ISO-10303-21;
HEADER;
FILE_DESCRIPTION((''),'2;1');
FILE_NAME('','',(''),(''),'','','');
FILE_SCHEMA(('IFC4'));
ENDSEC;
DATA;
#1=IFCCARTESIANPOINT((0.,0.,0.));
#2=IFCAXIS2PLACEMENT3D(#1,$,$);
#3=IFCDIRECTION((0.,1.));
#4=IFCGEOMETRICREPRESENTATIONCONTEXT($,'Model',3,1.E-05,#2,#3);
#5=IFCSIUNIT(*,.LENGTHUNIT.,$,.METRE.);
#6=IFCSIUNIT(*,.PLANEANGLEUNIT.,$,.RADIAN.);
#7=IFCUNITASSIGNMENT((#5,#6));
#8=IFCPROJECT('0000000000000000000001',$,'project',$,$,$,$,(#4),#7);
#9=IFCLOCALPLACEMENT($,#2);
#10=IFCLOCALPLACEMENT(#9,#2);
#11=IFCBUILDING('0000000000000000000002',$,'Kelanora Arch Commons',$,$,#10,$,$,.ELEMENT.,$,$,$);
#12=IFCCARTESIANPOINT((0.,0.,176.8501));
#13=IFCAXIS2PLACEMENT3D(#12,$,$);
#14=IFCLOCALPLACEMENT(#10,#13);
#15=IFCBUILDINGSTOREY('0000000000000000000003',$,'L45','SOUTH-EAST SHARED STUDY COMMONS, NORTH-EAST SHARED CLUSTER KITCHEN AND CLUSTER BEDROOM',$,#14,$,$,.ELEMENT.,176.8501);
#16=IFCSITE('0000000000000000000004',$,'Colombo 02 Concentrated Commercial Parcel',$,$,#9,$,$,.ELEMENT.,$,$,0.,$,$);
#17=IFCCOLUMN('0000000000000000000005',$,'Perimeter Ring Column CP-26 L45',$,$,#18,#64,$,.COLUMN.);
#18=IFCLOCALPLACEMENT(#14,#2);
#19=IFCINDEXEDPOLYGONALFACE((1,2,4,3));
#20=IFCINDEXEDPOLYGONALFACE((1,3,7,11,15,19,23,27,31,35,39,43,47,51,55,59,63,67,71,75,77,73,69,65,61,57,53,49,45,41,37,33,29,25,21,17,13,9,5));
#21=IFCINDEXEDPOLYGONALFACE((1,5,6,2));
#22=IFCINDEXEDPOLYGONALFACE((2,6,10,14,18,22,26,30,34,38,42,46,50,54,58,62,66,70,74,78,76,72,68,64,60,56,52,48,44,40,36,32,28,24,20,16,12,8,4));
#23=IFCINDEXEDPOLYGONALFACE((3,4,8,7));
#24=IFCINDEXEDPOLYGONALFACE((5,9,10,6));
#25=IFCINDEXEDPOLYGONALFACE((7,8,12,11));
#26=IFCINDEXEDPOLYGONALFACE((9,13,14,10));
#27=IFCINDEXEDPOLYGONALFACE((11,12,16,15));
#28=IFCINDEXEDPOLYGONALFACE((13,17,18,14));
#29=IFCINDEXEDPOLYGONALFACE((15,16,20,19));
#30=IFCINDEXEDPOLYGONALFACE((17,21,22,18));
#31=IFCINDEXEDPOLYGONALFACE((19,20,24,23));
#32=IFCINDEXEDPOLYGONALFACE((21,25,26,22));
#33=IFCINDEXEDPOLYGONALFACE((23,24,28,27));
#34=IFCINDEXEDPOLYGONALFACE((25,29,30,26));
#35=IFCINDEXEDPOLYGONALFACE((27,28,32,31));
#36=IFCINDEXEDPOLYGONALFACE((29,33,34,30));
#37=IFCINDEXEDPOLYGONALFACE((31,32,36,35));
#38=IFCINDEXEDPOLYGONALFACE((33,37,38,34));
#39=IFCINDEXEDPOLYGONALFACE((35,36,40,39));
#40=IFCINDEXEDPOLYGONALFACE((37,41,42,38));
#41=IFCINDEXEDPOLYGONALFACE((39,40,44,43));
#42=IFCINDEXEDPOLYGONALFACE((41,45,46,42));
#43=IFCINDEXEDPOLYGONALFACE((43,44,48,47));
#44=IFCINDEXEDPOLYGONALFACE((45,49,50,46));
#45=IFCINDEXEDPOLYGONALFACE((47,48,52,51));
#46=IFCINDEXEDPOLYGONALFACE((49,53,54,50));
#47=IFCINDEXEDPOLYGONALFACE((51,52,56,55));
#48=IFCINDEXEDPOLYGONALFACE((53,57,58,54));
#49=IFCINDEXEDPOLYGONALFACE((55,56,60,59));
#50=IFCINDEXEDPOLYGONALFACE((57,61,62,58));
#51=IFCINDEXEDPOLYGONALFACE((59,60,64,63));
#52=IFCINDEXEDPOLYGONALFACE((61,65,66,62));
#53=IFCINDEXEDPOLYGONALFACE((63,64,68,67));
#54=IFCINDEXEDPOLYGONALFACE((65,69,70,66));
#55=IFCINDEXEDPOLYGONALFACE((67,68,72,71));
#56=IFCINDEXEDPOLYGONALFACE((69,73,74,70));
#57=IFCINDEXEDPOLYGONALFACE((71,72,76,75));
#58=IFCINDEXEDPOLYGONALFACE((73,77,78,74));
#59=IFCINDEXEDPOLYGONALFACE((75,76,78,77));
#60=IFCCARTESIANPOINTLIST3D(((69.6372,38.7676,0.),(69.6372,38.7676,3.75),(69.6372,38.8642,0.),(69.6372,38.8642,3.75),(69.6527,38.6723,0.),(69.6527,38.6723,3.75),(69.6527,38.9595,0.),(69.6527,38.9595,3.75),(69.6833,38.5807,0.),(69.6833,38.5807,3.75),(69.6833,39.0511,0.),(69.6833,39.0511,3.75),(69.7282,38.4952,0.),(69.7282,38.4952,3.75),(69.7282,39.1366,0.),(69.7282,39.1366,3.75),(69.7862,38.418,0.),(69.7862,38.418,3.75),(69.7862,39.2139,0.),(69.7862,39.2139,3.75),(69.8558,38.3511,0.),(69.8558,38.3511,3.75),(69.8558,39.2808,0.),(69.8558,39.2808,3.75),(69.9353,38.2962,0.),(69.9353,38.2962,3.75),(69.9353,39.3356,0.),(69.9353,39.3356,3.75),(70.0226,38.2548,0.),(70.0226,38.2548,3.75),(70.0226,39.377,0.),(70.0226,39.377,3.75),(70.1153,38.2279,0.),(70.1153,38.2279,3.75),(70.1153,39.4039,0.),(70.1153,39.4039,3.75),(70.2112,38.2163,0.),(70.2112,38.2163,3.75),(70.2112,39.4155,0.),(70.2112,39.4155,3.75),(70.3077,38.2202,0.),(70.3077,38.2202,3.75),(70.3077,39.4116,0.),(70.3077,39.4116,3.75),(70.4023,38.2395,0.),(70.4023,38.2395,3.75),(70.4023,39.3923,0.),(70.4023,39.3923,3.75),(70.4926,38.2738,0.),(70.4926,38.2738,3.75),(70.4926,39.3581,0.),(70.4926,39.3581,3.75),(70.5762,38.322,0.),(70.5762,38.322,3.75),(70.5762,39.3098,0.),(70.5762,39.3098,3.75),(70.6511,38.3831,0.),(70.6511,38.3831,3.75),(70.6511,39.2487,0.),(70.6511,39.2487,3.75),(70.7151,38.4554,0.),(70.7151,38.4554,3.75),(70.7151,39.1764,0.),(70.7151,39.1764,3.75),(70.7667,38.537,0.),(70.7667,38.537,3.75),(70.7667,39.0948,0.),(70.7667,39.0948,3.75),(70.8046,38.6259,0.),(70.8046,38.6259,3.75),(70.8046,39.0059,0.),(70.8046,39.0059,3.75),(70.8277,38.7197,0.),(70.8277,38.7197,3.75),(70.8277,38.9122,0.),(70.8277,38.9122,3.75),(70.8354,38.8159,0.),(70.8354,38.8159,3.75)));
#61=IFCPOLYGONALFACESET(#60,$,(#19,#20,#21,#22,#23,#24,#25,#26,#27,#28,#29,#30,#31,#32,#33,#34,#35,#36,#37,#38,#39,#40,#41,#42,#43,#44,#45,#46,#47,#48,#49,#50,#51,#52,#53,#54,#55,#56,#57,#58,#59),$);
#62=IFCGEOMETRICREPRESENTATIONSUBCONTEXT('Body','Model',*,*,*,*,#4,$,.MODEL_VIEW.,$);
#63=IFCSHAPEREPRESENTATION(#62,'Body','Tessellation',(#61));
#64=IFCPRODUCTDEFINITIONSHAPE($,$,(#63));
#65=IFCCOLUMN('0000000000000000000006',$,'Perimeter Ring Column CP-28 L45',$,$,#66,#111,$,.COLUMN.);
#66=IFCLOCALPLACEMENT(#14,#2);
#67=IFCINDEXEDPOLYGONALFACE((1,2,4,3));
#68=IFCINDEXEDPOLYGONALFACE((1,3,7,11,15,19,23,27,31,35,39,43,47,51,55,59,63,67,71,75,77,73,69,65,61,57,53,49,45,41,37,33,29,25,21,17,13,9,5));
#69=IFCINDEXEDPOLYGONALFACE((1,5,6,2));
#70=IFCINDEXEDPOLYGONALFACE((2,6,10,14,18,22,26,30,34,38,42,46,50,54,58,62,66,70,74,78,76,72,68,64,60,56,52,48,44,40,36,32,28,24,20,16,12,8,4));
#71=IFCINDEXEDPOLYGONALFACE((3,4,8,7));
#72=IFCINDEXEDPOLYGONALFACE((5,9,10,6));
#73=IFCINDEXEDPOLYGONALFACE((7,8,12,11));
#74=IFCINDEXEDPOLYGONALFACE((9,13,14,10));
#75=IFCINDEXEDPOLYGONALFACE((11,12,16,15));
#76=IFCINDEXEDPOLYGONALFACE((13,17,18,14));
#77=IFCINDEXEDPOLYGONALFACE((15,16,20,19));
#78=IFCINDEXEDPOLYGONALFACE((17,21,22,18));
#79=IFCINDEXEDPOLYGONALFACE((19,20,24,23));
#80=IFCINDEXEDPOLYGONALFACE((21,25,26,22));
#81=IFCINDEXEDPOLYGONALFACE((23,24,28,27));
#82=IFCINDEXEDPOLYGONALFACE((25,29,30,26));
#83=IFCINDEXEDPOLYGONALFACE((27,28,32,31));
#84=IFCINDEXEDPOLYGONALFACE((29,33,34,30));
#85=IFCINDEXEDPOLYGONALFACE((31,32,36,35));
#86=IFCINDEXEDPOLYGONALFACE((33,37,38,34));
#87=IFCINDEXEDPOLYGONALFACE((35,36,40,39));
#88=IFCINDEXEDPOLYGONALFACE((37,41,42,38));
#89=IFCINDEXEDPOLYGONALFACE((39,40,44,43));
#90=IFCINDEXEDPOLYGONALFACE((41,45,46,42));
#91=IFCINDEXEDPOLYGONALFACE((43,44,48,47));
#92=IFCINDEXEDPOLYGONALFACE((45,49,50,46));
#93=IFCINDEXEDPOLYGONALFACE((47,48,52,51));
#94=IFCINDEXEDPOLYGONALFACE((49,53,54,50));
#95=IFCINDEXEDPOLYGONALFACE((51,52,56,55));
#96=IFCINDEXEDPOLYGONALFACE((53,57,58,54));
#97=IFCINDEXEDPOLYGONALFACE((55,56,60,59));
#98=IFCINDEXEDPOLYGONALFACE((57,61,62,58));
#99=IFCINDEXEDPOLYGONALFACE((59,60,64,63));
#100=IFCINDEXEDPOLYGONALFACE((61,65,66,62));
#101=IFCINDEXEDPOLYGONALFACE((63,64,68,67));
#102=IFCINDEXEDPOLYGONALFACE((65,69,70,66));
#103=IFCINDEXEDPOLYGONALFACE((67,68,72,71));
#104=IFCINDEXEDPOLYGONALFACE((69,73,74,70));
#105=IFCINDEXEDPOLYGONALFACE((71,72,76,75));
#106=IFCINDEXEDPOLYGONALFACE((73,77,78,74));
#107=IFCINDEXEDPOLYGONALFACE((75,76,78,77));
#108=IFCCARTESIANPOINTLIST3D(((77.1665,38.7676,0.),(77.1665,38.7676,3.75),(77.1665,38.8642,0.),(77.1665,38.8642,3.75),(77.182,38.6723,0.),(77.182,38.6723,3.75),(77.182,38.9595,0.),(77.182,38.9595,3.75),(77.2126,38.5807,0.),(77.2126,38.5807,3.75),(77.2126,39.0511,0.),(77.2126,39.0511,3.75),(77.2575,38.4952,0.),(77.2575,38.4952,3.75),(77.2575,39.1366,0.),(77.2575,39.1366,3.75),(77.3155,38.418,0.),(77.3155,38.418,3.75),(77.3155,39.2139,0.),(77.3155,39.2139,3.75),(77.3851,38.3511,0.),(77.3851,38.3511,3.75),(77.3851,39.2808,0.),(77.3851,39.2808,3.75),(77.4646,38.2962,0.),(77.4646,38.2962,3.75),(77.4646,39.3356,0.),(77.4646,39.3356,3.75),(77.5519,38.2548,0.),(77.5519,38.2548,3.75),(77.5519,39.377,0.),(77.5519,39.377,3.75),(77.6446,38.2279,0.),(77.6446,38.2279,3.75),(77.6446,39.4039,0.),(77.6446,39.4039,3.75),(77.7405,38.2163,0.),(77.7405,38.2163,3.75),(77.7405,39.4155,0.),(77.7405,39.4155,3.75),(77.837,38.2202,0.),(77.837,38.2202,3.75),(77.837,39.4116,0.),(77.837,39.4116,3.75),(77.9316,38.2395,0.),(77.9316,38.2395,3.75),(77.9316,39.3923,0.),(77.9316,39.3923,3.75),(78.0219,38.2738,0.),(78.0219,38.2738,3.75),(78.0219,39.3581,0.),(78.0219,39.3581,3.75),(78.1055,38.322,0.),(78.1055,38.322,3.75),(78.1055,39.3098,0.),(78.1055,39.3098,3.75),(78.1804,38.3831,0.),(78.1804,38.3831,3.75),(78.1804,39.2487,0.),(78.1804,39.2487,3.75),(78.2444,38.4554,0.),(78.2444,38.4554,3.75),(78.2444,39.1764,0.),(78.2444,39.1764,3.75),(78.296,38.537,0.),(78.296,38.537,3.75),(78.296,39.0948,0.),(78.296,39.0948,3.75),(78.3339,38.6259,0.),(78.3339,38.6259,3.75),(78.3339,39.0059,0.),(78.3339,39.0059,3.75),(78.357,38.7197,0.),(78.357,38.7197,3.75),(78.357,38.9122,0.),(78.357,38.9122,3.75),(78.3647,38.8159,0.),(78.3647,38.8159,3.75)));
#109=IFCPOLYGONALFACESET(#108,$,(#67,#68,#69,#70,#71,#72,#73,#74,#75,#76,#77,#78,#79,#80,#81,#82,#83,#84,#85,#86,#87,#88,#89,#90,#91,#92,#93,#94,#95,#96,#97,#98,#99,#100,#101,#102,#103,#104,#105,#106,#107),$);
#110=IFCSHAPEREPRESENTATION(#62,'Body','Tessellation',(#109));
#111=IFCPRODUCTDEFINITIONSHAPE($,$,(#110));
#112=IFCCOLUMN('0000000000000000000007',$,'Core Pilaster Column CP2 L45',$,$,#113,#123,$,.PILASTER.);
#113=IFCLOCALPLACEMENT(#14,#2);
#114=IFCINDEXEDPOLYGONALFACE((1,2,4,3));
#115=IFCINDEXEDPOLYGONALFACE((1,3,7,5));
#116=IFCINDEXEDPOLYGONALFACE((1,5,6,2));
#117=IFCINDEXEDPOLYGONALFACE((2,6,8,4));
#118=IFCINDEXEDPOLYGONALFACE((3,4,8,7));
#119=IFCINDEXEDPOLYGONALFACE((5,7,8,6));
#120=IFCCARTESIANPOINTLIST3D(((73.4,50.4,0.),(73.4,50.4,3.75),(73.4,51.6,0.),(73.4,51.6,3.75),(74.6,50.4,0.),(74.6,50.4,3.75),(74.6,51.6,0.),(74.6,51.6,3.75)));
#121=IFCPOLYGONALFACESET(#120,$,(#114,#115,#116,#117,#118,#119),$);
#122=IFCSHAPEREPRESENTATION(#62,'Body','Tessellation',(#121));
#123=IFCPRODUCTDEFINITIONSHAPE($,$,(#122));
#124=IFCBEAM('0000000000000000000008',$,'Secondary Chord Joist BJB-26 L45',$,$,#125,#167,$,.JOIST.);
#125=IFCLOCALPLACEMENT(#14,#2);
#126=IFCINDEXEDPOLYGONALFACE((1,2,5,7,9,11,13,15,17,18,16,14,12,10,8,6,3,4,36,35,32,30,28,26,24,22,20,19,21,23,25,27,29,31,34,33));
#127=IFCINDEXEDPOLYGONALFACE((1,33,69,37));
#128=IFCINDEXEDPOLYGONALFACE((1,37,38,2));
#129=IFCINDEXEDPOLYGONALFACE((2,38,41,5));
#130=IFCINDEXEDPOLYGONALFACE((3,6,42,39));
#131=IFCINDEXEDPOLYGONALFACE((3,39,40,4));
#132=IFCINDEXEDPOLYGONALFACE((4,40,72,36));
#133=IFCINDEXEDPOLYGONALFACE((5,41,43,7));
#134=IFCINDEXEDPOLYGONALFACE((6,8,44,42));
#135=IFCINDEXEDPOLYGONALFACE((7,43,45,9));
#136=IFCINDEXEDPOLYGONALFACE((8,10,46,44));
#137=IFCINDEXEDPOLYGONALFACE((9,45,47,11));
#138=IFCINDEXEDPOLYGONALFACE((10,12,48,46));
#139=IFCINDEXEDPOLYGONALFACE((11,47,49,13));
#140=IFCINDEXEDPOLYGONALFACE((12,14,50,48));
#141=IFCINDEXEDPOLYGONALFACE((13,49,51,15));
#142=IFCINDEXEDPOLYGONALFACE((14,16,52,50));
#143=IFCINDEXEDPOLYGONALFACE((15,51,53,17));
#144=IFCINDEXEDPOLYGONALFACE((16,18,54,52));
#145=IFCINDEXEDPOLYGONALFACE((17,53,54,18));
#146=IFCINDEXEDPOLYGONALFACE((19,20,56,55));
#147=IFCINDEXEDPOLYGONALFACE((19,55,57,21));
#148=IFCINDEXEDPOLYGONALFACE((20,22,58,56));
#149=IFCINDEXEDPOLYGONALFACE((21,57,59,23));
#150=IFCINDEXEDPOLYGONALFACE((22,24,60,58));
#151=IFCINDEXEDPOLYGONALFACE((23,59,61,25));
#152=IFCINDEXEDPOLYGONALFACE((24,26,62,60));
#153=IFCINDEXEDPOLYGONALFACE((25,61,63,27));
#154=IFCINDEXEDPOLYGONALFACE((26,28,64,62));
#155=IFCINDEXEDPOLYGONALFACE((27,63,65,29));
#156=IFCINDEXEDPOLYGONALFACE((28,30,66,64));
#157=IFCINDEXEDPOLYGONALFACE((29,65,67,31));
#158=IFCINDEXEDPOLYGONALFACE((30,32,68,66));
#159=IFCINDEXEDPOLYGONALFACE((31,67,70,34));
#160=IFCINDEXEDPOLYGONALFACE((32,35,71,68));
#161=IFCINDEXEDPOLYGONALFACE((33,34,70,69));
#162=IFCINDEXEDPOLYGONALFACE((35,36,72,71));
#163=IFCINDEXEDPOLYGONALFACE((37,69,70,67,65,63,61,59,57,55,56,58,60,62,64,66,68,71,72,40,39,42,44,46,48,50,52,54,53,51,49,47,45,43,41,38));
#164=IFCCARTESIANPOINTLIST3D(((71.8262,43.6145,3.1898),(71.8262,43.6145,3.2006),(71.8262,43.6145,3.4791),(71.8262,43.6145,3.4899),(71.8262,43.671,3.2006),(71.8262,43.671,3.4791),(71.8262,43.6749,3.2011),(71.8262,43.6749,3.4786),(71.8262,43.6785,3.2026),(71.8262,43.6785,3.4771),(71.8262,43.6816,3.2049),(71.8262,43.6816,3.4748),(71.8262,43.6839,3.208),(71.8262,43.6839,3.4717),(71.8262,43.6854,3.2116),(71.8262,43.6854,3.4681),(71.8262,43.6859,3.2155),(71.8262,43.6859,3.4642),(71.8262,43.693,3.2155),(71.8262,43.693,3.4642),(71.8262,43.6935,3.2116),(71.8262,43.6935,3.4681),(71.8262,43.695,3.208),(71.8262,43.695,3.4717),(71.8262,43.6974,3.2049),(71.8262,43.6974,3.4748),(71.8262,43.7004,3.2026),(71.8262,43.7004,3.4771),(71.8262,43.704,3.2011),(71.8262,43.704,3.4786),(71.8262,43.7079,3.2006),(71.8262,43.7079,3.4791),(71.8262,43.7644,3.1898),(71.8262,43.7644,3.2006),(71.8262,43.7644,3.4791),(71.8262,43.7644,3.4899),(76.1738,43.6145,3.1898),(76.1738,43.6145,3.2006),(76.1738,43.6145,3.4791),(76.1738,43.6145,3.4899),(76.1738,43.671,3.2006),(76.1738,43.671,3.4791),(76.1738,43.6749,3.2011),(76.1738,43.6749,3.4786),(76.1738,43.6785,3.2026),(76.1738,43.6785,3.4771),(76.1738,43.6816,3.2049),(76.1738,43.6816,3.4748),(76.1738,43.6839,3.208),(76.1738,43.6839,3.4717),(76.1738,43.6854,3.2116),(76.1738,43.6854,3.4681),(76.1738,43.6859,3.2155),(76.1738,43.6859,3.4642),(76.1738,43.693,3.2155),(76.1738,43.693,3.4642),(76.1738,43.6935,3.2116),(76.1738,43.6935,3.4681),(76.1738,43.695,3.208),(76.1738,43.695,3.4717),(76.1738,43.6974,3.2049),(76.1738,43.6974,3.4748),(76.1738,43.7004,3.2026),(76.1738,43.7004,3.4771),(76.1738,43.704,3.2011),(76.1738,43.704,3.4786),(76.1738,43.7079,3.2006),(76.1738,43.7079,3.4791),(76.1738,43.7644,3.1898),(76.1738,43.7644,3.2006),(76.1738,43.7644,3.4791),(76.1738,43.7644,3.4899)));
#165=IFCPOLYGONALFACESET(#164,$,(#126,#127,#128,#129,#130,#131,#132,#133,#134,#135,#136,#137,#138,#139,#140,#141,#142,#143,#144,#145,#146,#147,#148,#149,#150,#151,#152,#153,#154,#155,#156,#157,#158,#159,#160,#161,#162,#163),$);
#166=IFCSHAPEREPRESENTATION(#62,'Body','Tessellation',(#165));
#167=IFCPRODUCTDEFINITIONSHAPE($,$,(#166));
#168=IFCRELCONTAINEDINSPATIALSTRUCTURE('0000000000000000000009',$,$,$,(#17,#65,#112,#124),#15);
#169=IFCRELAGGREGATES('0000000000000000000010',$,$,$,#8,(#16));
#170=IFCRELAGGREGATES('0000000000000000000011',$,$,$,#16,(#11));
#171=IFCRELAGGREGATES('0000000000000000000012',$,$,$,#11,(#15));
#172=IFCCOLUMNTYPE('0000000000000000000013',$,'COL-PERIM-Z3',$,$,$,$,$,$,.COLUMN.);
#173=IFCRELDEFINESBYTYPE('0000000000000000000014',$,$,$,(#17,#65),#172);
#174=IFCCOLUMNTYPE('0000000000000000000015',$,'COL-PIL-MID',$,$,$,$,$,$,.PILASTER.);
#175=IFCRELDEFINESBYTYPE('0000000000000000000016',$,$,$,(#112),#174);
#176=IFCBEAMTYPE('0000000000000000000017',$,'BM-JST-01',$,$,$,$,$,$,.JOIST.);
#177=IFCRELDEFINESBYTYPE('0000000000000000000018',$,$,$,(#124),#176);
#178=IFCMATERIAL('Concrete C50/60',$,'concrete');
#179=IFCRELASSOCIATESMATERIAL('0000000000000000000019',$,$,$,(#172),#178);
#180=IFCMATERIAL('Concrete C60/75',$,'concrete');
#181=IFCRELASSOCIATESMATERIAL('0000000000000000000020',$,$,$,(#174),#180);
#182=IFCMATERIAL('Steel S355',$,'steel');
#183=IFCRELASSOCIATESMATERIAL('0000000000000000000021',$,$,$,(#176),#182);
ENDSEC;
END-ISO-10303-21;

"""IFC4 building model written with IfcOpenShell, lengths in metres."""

from ifc_helpers import new_model, si_unit, direction, frame, origin, origin_2d, place, context, subcontext, project, spatial, rectangle, circle, i_section, extrude, material, material_profile, profile_set, type_object, element, save


model = new_model("IFC4")

# Units and contexts
model_context = context("Model", 3, precision=1e-05, world=origin(), true_north=direction((0.0, 1.0)))
body_context = subcontext(model_context, "Body", "Model", "MODEL_VIEW")
ifc_project = project(units=[si_unit("LENGTHUNIT", "METRE"), si_unit("PLANEANGLEUNIT", "RADIAN")], contexts=[model_context])

# Site, building, storey
site_placement = place(None, origin())
site = spatial("IfcSite", under=ifc_project, at=site_placement, Name="Colombo 02 Concentrated Commercial Parcel", CompositionType="ELEMENT", RefElevation=0.0)
building_placement = place(site_placement, origin())
building = spatial("IfcBuilding", under=site, at=building_placement, Name="Kelanora Arch Commons", CompositionType="ELEMENT")
storey_placement = place(building_placement, frame((0.0, 0.0, 176.8501)))
storey = spatial("IfcBuildingStorey", under=building, at=storey_placement, Name="L45", Description="SOUTH-EAST SHARED STUDY COMMONS, NORTH-EAST SHARED CLUSTER KITCHEN AND CLUSTER BEDROOM", CompositionType="ELEMENT", Elevation=176.8501)

# Columns
ifc_material_1 = material(Name="Concrete C50/60", Category="concrete")
ifc_material_profile_1 = material_profile(ifc_material_1, circle(Radius=0.6001, at=origin_2d()), Name="RCC1200")
ifc_profile_set_1 = profile_set([ifc_material_profile_1], Name="Concrete C50/60")
column_type_1 = type_object("IfcColumnType", Name="COL-PERIM-Z3", PredefinedType="COLUMN", material=ifc_profile_set_1)
for number, where, z_axis, x_axis, name in (
    (1, (70.2354, 38.8159, 0.0), (0.0, 0.0, 1.0), (1.0, 0.0, 0.0), "Perimeter Ring Column CP-26 L45"),
    (2, (77.7646, 38.8159, 0.0), (0.0, 0.0, 1.0), (1.0, 0.0, 0.0), "Perimeter Ring Column CP-28 L45"),
):
    element("IfcColumn", number, at=place(storey_placement, frame(where, z_axis=z_axis, x_axis=x_axis)), inside=storey, type_object=column_type_1, Name=name, PredefinedType="COLUMN", context=body_context, shape_type="SweptSolid", body=[
        extrude(circle(Radius=0.6001, at=origin_2d()), origin(), (0.0, 0.0, 1.0), 3.75),
    ])
ifc_material_2 = material(Name="Concrete C60/75", Category="concrete")
ifc_material_profile_2 = material_profile(ifc_material_2, rectangle(XDim=1.2, YDim=1.2, at=origin_2d()), Name="RC1200x1200")
ifc_profile_set_2 = profile_set([ifc_material_profile_2], Name="Concrete C60/75")
column_type_2 = type_object("IfcColumnType", Name="COL-PIL-MID", PredefinedType="PILASTER", material=ifc_profile_set_2)
column_placement = place(storey_placement, frame((74.0, 51.0, 0.0), z_axis=(0.0, 0.0, 1.0), x_axis=(1.0, 0.0, 0.0)))
element("IfcColumn", 3, at=column_placement, inside=storey, type_object=column_type_2, Name="Core Pilaster Column CP2 L45", PredefinedType="PILASTER", context=body_context, shape_type="SweptSolid", body=[
    extrude(rectangle(XDim=1.2, YDim=1.2, at=origin_2d()), origin(), (0.0, 0.0, 1.0), 3.75),
])

# Beam
ifc_material_3 = material(Name="Steel S355", Category="steel")
ifc_material_profile_3 = material_profile(ifc_material_3, i_section(OverallWidth=0.1499, OverallDepth=0.3, WebThickness=0.0071, FlangeThickness=0.0107, FilletRadius=0.0149, at=origin_2d()), Name="IPE300")
ifc_profile_set_3 = profile_set([ifc_material_profile_3], Name="Steel S355")
beam_type_1 = type_object("IfcBeamType", Name="BM-JST-01", PredefinedType="JOIST", material=ifc_profile_set_3)
beam_1_placement = place(storey_placement, frame((71.8262, 43.6895, 3.3398), z_axis=(1.0, 0.0, 0.0), x_axis=(0.0, 1.0, 0.0)))
element("IfcBeam", 4, at=beam_1_placement, inside=storey, type_object=beam_type_1, Name="Secondary Chord Joist BJB-26 L45", PredefinedType="JOIST", context=body_context, shape_type="SweptSolid", body=[
    extrude(i_section(OverallWidth=0.1499, OverallDepth=0.3, WebThickness=0.0071, FlangeThickness=0.0107, FilletRadius=0.0149, at=origin_2d()), origin(), (0.0, 0.0, 1.0), 4.3477),
])

save(model, "model.ifc")
